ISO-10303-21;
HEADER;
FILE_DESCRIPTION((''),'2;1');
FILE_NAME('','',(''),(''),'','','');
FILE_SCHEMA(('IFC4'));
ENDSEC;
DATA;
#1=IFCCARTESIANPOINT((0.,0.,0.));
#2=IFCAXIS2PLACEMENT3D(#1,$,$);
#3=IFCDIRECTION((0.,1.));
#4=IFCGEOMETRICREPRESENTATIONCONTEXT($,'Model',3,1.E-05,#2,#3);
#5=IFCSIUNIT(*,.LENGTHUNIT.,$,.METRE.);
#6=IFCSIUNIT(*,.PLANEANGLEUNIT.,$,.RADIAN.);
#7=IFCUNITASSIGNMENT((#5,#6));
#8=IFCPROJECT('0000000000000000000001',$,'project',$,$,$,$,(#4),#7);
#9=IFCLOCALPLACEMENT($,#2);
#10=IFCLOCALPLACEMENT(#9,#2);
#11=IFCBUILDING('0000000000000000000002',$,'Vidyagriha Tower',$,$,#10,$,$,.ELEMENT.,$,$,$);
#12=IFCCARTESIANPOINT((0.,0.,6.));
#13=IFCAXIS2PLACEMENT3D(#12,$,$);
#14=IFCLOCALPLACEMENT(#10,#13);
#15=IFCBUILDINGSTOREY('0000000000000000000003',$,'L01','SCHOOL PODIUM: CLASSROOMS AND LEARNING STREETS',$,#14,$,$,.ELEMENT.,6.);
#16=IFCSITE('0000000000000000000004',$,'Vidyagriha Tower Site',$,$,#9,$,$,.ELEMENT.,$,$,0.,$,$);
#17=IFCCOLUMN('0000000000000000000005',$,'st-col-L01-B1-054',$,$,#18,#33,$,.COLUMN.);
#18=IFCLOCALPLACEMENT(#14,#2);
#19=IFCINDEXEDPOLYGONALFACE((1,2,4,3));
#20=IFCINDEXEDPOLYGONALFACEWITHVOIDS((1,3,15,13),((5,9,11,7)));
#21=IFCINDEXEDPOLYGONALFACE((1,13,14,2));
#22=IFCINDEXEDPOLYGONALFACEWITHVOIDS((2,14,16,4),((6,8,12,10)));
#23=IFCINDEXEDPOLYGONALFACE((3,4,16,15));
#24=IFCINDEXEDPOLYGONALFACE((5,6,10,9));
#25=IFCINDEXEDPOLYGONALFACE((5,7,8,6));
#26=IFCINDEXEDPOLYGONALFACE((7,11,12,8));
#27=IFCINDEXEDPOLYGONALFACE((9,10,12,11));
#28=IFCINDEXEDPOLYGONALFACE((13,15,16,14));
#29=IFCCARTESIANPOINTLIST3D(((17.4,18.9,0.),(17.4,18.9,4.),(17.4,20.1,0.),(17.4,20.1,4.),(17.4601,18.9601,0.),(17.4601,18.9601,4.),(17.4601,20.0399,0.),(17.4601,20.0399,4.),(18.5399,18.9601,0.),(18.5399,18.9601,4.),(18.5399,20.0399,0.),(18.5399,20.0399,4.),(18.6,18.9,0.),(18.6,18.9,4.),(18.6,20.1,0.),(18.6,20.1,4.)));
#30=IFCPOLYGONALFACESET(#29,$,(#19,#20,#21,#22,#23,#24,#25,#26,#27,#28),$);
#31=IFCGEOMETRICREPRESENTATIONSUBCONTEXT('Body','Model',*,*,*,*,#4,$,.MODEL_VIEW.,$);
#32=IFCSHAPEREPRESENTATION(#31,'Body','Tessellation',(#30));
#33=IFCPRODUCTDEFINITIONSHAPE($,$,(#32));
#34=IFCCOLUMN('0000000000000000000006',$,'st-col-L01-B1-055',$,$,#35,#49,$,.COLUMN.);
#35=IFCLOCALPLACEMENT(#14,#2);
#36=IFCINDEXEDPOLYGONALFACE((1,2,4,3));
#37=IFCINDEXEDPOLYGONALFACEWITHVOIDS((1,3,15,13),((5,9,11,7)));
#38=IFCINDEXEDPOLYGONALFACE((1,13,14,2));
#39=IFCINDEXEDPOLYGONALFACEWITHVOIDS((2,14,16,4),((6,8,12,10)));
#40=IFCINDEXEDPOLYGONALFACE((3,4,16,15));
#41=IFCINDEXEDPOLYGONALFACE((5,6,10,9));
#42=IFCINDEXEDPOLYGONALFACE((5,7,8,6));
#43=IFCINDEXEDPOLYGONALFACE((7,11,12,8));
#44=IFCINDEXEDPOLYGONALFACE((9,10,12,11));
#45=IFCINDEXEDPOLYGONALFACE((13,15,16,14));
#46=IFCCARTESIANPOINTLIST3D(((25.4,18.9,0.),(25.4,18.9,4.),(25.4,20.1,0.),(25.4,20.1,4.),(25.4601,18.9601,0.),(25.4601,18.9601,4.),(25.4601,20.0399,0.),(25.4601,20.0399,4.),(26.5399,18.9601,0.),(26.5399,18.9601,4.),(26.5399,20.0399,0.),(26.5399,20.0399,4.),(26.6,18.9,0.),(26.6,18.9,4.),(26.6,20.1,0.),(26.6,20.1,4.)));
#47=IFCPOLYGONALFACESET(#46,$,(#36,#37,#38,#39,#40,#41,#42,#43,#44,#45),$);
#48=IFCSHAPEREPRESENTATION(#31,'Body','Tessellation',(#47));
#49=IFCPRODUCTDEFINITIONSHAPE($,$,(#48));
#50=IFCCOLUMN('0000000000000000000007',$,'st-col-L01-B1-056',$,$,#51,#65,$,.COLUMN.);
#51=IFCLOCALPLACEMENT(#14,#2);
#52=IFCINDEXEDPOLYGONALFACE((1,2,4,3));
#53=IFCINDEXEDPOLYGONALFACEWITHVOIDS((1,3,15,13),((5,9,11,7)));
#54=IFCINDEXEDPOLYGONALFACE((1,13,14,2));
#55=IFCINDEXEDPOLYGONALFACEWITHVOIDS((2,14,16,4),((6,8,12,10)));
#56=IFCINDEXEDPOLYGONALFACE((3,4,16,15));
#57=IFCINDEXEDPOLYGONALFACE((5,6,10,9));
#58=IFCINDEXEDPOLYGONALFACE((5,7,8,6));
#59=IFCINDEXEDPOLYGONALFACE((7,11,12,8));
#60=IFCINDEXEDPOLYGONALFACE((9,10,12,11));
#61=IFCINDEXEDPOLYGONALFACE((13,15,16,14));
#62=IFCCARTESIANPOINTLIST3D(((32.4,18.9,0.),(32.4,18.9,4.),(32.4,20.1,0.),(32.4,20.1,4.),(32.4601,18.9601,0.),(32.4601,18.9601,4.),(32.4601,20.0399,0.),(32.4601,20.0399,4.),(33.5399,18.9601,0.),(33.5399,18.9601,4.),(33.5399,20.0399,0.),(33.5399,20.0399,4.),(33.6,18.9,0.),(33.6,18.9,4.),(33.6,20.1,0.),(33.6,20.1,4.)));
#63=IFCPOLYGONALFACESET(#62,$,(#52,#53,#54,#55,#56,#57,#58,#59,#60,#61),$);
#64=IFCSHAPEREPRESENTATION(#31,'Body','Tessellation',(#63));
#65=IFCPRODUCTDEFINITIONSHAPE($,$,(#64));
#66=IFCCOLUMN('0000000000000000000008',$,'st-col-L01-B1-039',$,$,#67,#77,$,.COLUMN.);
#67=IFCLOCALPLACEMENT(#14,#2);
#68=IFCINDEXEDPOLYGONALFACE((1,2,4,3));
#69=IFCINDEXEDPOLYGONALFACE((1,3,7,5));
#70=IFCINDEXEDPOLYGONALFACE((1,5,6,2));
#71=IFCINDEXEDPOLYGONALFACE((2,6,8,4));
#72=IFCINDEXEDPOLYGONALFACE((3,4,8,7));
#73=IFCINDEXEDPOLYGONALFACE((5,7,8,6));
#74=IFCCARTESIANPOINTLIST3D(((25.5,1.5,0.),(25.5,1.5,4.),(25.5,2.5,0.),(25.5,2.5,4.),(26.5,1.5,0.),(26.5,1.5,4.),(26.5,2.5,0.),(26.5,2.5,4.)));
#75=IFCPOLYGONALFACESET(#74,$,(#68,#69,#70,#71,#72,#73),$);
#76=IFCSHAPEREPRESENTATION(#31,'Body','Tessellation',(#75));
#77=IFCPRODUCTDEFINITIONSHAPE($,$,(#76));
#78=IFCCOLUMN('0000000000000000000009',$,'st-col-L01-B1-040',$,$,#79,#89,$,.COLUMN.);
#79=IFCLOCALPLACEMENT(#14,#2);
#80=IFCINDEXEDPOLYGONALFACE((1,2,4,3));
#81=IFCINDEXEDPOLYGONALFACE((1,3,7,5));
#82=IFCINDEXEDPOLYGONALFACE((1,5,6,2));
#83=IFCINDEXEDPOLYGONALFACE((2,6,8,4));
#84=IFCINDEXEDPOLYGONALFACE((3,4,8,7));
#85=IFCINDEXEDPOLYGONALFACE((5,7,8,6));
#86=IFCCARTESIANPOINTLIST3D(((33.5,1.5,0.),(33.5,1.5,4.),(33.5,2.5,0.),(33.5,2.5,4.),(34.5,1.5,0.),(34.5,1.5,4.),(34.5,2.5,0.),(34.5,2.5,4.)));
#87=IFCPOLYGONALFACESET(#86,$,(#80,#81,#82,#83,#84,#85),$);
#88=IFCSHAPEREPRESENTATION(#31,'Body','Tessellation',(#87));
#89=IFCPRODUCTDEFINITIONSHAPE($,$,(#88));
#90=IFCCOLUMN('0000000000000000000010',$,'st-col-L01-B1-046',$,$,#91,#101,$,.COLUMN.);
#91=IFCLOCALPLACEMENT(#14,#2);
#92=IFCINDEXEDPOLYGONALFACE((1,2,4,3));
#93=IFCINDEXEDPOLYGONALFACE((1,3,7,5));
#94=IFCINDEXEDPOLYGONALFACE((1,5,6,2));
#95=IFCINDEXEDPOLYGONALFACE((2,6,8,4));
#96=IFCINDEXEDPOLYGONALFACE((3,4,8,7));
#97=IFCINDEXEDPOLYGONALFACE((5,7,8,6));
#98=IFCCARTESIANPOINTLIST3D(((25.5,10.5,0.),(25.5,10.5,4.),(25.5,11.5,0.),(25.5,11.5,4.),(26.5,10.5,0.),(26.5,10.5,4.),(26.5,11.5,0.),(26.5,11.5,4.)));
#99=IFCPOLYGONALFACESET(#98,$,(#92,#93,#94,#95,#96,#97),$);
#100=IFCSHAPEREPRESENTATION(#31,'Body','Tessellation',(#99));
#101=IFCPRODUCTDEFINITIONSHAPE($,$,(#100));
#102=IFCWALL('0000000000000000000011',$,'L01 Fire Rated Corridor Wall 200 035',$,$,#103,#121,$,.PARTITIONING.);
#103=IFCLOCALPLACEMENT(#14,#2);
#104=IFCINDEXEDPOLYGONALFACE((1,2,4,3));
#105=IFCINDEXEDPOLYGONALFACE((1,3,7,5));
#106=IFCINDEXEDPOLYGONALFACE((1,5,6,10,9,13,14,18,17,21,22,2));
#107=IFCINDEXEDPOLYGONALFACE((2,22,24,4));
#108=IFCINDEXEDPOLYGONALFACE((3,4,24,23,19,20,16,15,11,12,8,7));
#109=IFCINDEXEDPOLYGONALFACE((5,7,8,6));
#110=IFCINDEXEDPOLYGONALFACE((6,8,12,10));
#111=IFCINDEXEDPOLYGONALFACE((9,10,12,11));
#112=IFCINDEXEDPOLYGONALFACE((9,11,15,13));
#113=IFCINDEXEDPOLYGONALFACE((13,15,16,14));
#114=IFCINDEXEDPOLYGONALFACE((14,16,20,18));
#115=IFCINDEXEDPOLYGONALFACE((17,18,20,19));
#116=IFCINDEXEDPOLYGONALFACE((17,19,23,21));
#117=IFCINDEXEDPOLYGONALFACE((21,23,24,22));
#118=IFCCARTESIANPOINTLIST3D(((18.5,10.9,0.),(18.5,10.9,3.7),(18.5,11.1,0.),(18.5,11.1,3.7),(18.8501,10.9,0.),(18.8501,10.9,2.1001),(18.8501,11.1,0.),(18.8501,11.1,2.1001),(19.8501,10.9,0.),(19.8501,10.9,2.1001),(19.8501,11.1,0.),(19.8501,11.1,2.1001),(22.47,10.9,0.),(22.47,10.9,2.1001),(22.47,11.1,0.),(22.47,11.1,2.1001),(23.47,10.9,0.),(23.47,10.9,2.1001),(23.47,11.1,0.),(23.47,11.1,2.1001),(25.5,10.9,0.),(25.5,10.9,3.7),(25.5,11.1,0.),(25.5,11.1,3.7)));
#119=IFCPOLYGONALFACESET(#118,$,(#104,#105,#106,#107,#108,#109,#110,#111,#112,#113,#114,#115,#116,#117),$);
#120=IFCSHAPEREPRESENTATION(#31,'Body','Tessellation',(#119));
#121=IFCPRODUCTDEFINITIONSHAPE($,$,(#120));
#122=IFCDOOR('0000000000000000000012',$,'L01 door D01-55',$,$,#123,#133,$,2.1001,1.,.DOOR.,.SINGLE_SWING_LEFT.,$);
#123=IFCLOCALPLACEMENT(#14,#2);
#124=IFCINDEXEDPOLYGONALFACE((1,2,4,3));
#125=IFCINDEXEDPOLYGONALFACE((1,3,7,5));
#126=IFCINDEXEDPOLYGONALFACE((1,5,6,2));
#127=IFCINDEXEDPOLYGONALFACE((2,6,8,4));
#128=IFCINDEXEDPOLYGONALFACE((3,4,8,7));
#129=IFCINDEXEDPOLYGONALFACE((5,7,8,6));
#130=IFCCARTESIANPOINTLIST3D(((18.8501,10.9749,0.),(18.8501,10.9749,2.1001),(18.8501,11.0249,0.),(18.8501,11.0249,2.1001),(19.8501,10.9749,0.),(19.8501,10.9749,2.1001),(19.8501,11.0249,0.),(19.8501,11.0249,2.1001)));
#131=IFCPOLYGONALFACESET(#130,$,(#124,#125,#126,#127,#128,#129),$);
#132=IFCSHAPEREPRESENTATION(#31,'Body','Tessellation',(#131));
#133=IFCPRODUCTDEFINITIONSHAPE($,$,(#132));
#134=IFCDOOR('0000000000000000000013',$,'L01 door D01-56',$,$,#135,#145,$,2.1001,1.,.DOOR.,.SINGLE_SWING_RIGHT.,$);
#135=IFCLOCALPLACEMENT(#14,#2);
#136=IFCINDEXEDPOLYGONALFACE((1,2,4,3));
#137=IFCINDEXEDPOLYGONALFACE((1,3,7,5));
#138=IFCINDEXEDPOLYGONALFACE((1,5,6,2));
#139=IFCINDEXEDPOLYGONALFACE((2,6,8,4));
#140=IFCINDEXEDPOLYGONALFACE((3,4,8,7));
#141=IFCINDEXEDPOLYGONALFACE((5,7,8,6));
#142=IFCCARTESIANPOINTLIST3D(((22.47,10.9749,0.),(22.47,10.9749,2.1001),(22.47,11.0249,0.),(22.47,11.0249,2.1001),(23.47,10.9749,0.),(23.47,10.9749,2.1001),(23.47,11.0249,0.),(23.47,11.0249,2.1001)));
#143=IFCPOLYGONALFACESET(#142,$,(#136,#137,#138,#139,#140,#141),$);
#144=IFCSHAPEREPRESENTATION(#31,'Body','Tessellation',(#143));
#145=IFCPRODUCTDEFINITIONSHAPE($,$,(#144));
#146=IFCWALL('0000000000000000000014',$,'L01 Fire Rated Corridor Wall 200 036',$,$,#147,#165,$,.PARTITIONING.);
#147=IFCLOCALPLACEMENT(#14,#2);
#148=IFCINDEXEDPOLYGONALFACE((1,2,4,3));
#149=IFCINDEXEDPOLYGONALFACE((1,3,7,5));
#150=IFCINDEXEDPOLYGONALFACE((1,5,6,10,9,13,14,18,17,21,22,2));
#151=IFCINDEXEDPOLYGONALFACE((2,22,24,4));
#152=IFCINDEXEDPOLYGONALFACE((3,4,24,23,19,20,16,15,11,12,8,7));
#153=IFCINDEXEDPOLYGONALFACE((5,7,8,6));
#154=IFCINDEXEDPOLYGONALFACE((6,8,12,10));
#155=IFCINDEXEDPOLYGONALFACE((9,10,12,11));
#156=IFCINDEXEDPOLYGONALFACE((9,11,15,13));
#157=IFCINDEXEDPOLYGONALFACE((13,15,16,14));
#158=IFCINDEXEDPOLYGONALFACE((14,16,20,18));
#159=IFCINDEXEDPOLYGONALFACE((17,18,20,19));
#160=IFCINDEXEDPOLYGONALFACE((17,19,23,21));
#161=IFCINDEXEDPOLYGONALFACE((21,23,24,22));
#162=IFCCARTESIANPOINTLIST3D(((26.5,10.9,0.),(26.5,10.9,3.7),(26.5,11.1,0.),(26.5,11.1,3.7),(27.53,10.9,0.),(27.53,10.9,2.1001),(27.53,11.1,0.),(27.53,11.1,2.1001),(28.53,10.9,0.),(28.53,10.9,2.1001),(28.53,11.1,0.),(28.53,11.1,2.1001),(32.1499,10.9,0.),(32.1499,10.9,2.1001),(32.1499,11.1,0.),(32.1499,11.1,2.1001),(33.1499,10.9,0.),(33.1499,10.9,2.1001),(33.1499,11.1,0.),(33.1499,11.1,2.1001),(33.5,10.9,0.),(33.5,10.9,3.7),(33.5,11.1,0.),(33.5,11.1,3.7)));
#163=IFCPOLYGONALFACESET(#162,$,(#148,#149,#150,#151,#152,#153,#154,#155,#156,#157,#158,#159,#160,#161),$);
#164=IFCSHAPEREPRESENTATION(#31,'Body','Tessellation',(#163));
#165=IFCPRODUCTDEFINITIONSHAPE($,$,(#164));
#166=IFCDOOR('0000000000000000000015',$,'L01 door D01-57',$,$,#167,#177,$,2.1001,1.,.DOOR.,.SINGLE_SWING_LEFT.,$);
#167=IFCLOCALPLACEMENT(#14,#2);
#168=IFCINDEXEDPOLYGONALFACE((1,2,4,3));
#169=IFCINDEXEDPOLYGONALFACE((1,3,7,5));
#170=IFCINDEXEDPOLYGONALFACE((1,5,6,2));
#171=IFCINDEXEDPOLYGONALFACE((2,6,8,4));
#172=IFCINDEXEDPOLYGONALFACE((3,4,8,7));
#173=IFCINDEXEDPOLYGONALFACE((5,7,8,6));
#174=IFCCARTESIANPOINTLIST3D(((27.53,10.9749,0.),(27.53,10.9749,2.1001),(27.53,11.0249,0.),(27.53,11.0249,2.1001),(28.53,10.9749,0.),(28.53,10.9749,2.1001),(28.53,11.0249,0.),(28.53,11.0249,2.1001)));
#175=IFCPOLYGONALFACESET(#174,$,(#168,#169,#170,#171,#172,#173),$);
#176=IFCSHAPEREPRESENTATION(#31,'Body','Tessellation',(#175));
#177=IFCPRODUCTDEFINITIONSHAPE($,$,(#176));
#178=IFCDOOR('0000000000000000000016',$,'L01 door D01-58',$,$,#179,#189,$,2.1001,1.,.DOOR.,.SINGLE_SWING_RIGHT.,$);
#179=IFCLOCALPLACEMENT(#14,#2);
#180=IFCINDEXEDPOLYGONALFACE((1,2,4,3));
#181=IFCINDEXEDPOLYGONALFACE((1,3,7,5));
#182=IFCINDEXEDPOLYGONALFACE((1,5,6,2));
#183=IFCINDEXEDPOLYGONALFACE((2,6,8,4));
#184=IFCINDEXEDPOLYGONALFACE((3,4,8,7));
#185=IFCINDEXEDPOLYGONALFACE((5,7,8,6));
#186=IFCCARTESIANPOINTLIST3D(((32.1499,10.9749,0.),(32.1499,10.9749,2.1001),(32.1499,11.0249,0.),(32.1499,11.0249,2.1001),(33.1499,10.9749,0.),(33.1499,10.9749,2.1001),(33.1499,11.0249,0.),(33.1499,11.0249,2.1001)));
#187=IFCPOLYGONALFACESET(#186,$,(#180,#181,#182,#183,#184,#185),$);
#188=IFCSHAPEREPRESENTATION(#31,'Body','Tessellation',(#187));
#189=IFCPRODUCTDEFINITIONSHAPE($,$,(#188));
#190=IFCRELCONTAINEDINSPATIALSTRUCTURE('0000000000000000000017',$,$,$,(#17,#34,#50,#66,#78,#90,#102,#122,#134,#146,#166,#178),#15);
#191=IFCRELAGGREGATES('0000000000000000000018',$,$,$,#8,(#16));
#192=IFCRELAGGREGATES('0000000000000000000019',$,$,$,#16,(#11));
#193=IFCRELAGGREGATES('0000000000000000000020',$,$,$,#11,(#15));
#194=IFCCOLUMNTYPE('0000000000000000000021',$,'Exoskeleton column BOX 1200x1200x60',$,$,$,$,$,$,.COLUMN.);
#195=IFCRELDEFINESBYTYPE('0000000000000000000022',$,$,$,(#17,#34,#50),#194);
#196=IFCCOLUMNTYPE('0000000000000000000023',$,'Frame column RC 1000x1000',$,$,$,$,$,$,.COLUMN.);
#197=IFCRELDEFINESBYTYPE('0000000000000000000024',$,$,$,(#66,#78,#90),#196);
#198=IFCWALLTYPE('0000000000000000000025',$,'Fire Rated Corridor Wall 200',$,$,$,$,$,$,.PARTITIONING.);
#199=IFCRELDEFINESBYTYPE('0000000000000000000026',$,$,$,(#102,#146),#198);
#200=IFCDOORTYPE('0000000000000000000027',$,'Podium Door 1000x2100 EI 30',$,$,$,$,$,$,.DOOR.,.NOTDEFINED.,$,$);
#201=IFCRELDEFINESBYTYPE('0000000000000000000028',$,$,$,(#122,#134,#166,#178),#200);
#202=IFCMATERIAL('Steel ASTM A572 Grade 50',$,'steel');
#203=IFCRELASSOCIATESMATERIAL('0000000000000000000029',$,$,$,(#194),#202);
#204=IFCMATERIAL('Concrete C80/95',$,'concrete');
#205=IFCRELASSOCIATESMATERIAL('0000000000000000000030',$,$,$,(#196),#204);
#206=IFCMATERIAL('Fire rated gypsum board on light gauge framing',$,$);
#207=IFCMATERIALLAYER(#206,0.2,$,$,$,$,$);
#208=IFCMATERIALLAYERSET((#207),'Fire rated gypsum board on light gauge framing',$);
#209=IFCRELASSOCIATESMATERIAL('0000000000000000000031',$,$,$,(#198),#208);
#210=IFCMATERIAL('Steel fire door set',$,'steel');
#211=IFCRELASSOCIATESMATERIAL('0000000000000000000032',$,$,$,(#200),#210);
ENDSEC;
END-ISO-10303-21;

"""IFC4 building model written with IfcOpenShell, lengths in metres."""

from ifc_helpers import new_model, si_unit, direction, frame, frame_2d, origin, origin_2d, place, context, subcontext, project, spatial, rectangle, hollow_rectangle, extrude, material, layer, layer_set, material_profile, profile_set, type_object, element, fill, save


model = new_model("IFC4")

# Units and contexts
model_context = context("Model", 3, precision=1e-05, world=origin(), true_north=direction((0.0, 1.0)))
body_context = subcontext(model_context, "Body", "Model", "MODEL_VIEW")
ifc_project = project(units=[si_unit("LENGTHUNIT", "METRE"), si_unit("PLANEANGLEUNIT", "RADIAN")], contexts=[model_context])

# Site, building, storey
site_placement = place(None, origin())
site = spatial("IfcSite", under=ifc_project, at=site_placement, Name="Vidyagriha Tower Site", CompositionType="ELEMENT", RefElevation=0.0)
building_placement = place(site_placement, origin())
building = spatial("IfcBuilding", under=site, at=building_placement, Name="Vidyagriha Tower", CompositionType="ELEMENT")
storey_placement = place(building_placement, frame((0.0, 0.0, 6.0)))
storey = spatial("IfcBuildingStorey", under=building, at=storey_placement, Name="L01", Description="SCHOOL PODIUM: CLASSROOMS AND LEARNING STREETS", CompositionType="ELEMENT", Elevation=6.0)

# Columns
ifc_material_1 = material(Name="Steel ASTM A572 Grade 50", Category="steel")
ifc_material_profile_1 = material_profile(ifc_material_1, hollow_rectangle(XDim=1.2, YDim=1.2, WallThickness=0.0601, at=origin_2d()), Name="BOX 1200x1200x60")
ifc_profile_set_1 = profile_set([ifc_material_profile_1], Name="Steel ASTM A572 Grade 50")
column_type_1 = type_object("IfcColumnType", Name="Exoskeleton column BOX 1200x1200x60", PredefinedType="COLUMN", material=ifc_profile_set_1)
for number, where, name in (
    (1, (18.0, 19.5, 0.0), "st-col-L01-B1-054"),
    (2, (26.0, 19.5, 0.0), "st-col-L01-B1-055"),
    (3, (33.0, 19.5, 0.0), "st-col-L01-B1-056"),
):
    element("IfcColumn", number, at=place(storey_placement, frame(where)), inside=storey, type_object=column_type_1, Name=name, PredefinedType="COLUMN", context=body_context, shape_type="SweptSolid", body=[
        extrude(hollow_rectangle(XDim=1.2, YDim=1.2, WallThickness=0.0601, at=origin_2d()), origin(), (0.0, 0.0, 1.0), 4.0),
    ])
ifc_material_2 = material(Name="Concrete C80/95", Category="concrete")
ifc_material_profile_2 = material_profile(ifc_material_2, rectangle(XDim=1.0, YDim=1.0, at=origin_2d()), Name="RC 1000x1000")
ifc_profile_set_2 = profile_set([ifc_material_profile_2], Name="Concrete C80/95")
column_type_2 = type_object("IfcColumnType", Name="Frame column RC 1000x1000", PredefinedType="COLUMN", material=ifc_profile_set_2)
for number, where, name in (
    (4, (26.0, 2.0, 0.0), "st-col-L01-B1-039"),
    (5, (34.0, 2.0, 0.0), "st-col-L01-B1-040"),
    (6, (26.0, 11.0, 0.0), "st-col-L01-B1-046"),
):
    element("IfcColumn", number, at=place(storey_placement, frame(where)), inside=storey, type_object=column_type_2, Name=name, PredefinedType="COLUMN", context=body_context, shape_type="SweptSolid", body=[
        extrude(rectangle(XDim=1.0, YDim=1.0, at=origin_2d()), origin(), (0.0, 0.0, 1.0), 4.0),
    ])

# Walls, openings, doors
ifc_material_3 = material(Name="Fire rated gypsum board on light gauge framing")
ifc_layer_1 = layer(ifc_material_3, 0.2)
ifc_layer_set_1 = layer_set([ifc_layer_1], Name="Fire rated gypsum board on light gauge framing")
wall_type_1 = type_object("IfcWallType", Name="Fire Rated Corridor Wall 200", PredefinedType="PARTITIONING", material=ifc_layer_set_1)
wall_1_placement = place(storey_placement, frame((18.5, 11.0, 0.0)))
wall_1 = element("IfcWall", 7, at=wall_1_placement, inside=storey, type_object=wall_type_1, Name="L01 Fire Rated Corridor Wall 200 035", PredefinedType="PARTITIONING", context=body_context, shape_type="SweptSolid", body=[
    extrude(rectangle(XDim=7.0, YDim=0.2, at=frame_2d((3.5, 0.0))), origin(), (0.0, 0.0, 1.0), 3.7),
])
opening_1_placement = place(wall_1_placement, frame((0.3501, 0.0, 0.0)))
opening_1 = element("IfcOpeningElement", 8, at=opening_1_placement, cuts=wall_1, PredefinedType="OPENING", context=body_context, shape_type="SweptSolid", body=[
    extrude(rectangle(XDim=1.0, YDim=2.1001, at=frame_2d((0.5, 1.05))), frame((0.0, 0.1099, 0.0), z_axis=(0.0, -1.0, 0.0), x_axis=(1.0, 0.0, 0.0)), (0.0, 0.0, 1.0), 0.22),
])
opening_2_placement = place(wall_1_placement, frame((3.97, 0.0, 0.0)))
opening_2 = element("IfcOpeningElement", 9, at=opening_2_placement, cuts=wall_1, PredefinedType="OPENING", context=body_context, shape_type="SweptSolid", body=[
    extrude(rectangle(XDim=1.0, YDim=2.1001, at=frame_2d((0.5, 1.05))), frame((0.0, 0.1099, 0.0), z_axis=(0.0, -1.0, 0.0), x_axis=(1.0, 0.0, 0.0)), (0.0, 0.0, 1.0), 0.22),
])
ifc_material_4 = material(Name="Steel fire door set", Category="steel")
door_type = type_object("IfcDoorType", Name="Podium Door 1000x2100 EI 30", OperationType="NOTDEFINED", PredefinedType="DOOR", material=ifc_material_4)
door_1_placement = place(opening_1_placement, origin())
door_1 = element("IfcDoor", 10, at=door_1_placement, inside=storey, type_object=door_type, Name="L01 door D01-55", OperationType="SINGLE_SWING_LEFT", OverallHeight=2.1001, OverallWidth=1.0, PredefinedType="DOOR", context=body_context, shape_type="SweptSolid", body=[
    extrude(rectangle(XDim=1.0, YDim=2.1001, at=frame_2d((0.5, 1.05))), frame((0.0, 0.0249, 0.0), z_axis=(0.0, -1.0, 0.0), x_axis=(1.0, 0.0, 0.0)), (0.0, 0.0, 1.0), 0.05),
])
fill(opening_1, door_1)
door_2_placement = place(opening_2_placement, origin())
door_2 = element("IfcDoor", 11, at=door_2_placement, inside=storey, type_object=door_type, Name="L01 door D01-56", OperationType="SINGLE_SWING_RIGHT", OverallHeight=2.1001, OverallWidth=1.0, PredefinedType="DOOR", context=body_context, shape_type="SweptSolid", body=[
    extrude(rectangle(XDim=1.0, YDim=2.1001, at=frame_2d((0.5, 1.05))), frame((0.0, 0.0249, 0.0), z_axis=(0.0, -1.0, 0.0), x_axis=(1.0, 0.0, 0.0)), (0.0, 0.0, 1.0), 0.05),
])
fill(opening_2, door_2)
wall_2_placement = place(storey_placement, frame((26.5, 11.0, 0.0)))
wall_2 = element("IfcWall", 12, at=wall_2_placement, inside=storey, type_object=wall_type_1, Name="L01 Fire Rated Corridor Wall 200 036", PredefinedType="PARTITIONING", context=body_context, shape_type="SweptSolid", body=[
    extrude(rectangle(XDim=7.0, YDim=0.2, at=frame_2d((3.5, 0.0))), origin(), (0.0, 0.0, 1.0), 3.7),
])
opening_3_placement = place(wall_2_placement, frame((1.03, 0.0, 0.0)))
opening_3 = element("IfcOpeningElement", 13, at=opening_3_placement, cuts=wall_2, PredefinedType="OPENING", context=body_context, shape_type="SweptSolid", body=[
    extrude(rectangle(XDim=1.0, YDim=2.1001, at=frame_2d((0.5, 1.05))), frame((0.0, 0.1099, 0.0), z_axis=(0.0, -1.0, 0.0), x_axis=(1.0, 0.0, 0.0)), (0.0, 0.0, 1.0), 0.22),
])
opening_4_placement = place(wall_2_placement, frame((5.6499, 0.0, 0.0)))
opening_4 = element("IfcOpeningElement", 14, at=opening_4_placement, cuts=wall_2, PredefinedType="OPENING", context=body_context, shape_type="SweptSolid", body=[
    extrude(rectangle(XDim=1.0, YDim=2.1001, at=frame_2d((0.5, 1.05))), frame((0.0, 0.1099, 0.0), z_axis=(0.0, -1.0, 0.0), x_axis=(1.0, 0.0, 0.0)), (0.0, 0.0, 1.0), 0.22),
])
door_3_placement = place(opening_3_placement, origin())
door_3 = element("IfcDoor", 15, at=door_3_placement, inside=storey, type_object=door_type, Name="L01 door D01-57", OperationType="SINGLE_SWING_LEFT", OverallHeight=2.1001, OverallWidth=1.0, PredefinedType="DOOR", context=body_context, shape_type="SweptSolid", body=[
    extrude(rectangle(XDim=1.0, YDim=2.1001, at=frame_2d((0.5, 1.05))), frame((0.0, 0.0249, 0.0), z_axis=(0.0, -1.0, 0.0), x_axis=(1.0, 0.0, 0.0)), (0.0, 0.0, 1.0), 0.05),
])
fill(opening_3, door_3)
door_4_placement = place(opening_4_placement, origin())
door_4 = element("IfcDoor", 16, at=door_4_placement, inside=storey, type_object=door_type, Name="L01 door D01-58", OperationType="SINGLE_SWING_RIGHT", OverallHeight=2.1001, OverallWidth=1.0, PredefinedType="DOOR", context=body_context, shape_type="SweptSolid", body=[
    extrude(rectangle(XDim=1.0, YDim=2.1001, at=frame_2d((0.5, 1.05))), frame((0.0, 0.0249, 0.0), z_axis=(0.0, -1.0, 0.0), x_axis=(1.0, 0.0, 0.0)), (0.0, 0.0, 1.0), 0.05),
])
fill(opening_4, door_4)

save(model, "model.ifc")
